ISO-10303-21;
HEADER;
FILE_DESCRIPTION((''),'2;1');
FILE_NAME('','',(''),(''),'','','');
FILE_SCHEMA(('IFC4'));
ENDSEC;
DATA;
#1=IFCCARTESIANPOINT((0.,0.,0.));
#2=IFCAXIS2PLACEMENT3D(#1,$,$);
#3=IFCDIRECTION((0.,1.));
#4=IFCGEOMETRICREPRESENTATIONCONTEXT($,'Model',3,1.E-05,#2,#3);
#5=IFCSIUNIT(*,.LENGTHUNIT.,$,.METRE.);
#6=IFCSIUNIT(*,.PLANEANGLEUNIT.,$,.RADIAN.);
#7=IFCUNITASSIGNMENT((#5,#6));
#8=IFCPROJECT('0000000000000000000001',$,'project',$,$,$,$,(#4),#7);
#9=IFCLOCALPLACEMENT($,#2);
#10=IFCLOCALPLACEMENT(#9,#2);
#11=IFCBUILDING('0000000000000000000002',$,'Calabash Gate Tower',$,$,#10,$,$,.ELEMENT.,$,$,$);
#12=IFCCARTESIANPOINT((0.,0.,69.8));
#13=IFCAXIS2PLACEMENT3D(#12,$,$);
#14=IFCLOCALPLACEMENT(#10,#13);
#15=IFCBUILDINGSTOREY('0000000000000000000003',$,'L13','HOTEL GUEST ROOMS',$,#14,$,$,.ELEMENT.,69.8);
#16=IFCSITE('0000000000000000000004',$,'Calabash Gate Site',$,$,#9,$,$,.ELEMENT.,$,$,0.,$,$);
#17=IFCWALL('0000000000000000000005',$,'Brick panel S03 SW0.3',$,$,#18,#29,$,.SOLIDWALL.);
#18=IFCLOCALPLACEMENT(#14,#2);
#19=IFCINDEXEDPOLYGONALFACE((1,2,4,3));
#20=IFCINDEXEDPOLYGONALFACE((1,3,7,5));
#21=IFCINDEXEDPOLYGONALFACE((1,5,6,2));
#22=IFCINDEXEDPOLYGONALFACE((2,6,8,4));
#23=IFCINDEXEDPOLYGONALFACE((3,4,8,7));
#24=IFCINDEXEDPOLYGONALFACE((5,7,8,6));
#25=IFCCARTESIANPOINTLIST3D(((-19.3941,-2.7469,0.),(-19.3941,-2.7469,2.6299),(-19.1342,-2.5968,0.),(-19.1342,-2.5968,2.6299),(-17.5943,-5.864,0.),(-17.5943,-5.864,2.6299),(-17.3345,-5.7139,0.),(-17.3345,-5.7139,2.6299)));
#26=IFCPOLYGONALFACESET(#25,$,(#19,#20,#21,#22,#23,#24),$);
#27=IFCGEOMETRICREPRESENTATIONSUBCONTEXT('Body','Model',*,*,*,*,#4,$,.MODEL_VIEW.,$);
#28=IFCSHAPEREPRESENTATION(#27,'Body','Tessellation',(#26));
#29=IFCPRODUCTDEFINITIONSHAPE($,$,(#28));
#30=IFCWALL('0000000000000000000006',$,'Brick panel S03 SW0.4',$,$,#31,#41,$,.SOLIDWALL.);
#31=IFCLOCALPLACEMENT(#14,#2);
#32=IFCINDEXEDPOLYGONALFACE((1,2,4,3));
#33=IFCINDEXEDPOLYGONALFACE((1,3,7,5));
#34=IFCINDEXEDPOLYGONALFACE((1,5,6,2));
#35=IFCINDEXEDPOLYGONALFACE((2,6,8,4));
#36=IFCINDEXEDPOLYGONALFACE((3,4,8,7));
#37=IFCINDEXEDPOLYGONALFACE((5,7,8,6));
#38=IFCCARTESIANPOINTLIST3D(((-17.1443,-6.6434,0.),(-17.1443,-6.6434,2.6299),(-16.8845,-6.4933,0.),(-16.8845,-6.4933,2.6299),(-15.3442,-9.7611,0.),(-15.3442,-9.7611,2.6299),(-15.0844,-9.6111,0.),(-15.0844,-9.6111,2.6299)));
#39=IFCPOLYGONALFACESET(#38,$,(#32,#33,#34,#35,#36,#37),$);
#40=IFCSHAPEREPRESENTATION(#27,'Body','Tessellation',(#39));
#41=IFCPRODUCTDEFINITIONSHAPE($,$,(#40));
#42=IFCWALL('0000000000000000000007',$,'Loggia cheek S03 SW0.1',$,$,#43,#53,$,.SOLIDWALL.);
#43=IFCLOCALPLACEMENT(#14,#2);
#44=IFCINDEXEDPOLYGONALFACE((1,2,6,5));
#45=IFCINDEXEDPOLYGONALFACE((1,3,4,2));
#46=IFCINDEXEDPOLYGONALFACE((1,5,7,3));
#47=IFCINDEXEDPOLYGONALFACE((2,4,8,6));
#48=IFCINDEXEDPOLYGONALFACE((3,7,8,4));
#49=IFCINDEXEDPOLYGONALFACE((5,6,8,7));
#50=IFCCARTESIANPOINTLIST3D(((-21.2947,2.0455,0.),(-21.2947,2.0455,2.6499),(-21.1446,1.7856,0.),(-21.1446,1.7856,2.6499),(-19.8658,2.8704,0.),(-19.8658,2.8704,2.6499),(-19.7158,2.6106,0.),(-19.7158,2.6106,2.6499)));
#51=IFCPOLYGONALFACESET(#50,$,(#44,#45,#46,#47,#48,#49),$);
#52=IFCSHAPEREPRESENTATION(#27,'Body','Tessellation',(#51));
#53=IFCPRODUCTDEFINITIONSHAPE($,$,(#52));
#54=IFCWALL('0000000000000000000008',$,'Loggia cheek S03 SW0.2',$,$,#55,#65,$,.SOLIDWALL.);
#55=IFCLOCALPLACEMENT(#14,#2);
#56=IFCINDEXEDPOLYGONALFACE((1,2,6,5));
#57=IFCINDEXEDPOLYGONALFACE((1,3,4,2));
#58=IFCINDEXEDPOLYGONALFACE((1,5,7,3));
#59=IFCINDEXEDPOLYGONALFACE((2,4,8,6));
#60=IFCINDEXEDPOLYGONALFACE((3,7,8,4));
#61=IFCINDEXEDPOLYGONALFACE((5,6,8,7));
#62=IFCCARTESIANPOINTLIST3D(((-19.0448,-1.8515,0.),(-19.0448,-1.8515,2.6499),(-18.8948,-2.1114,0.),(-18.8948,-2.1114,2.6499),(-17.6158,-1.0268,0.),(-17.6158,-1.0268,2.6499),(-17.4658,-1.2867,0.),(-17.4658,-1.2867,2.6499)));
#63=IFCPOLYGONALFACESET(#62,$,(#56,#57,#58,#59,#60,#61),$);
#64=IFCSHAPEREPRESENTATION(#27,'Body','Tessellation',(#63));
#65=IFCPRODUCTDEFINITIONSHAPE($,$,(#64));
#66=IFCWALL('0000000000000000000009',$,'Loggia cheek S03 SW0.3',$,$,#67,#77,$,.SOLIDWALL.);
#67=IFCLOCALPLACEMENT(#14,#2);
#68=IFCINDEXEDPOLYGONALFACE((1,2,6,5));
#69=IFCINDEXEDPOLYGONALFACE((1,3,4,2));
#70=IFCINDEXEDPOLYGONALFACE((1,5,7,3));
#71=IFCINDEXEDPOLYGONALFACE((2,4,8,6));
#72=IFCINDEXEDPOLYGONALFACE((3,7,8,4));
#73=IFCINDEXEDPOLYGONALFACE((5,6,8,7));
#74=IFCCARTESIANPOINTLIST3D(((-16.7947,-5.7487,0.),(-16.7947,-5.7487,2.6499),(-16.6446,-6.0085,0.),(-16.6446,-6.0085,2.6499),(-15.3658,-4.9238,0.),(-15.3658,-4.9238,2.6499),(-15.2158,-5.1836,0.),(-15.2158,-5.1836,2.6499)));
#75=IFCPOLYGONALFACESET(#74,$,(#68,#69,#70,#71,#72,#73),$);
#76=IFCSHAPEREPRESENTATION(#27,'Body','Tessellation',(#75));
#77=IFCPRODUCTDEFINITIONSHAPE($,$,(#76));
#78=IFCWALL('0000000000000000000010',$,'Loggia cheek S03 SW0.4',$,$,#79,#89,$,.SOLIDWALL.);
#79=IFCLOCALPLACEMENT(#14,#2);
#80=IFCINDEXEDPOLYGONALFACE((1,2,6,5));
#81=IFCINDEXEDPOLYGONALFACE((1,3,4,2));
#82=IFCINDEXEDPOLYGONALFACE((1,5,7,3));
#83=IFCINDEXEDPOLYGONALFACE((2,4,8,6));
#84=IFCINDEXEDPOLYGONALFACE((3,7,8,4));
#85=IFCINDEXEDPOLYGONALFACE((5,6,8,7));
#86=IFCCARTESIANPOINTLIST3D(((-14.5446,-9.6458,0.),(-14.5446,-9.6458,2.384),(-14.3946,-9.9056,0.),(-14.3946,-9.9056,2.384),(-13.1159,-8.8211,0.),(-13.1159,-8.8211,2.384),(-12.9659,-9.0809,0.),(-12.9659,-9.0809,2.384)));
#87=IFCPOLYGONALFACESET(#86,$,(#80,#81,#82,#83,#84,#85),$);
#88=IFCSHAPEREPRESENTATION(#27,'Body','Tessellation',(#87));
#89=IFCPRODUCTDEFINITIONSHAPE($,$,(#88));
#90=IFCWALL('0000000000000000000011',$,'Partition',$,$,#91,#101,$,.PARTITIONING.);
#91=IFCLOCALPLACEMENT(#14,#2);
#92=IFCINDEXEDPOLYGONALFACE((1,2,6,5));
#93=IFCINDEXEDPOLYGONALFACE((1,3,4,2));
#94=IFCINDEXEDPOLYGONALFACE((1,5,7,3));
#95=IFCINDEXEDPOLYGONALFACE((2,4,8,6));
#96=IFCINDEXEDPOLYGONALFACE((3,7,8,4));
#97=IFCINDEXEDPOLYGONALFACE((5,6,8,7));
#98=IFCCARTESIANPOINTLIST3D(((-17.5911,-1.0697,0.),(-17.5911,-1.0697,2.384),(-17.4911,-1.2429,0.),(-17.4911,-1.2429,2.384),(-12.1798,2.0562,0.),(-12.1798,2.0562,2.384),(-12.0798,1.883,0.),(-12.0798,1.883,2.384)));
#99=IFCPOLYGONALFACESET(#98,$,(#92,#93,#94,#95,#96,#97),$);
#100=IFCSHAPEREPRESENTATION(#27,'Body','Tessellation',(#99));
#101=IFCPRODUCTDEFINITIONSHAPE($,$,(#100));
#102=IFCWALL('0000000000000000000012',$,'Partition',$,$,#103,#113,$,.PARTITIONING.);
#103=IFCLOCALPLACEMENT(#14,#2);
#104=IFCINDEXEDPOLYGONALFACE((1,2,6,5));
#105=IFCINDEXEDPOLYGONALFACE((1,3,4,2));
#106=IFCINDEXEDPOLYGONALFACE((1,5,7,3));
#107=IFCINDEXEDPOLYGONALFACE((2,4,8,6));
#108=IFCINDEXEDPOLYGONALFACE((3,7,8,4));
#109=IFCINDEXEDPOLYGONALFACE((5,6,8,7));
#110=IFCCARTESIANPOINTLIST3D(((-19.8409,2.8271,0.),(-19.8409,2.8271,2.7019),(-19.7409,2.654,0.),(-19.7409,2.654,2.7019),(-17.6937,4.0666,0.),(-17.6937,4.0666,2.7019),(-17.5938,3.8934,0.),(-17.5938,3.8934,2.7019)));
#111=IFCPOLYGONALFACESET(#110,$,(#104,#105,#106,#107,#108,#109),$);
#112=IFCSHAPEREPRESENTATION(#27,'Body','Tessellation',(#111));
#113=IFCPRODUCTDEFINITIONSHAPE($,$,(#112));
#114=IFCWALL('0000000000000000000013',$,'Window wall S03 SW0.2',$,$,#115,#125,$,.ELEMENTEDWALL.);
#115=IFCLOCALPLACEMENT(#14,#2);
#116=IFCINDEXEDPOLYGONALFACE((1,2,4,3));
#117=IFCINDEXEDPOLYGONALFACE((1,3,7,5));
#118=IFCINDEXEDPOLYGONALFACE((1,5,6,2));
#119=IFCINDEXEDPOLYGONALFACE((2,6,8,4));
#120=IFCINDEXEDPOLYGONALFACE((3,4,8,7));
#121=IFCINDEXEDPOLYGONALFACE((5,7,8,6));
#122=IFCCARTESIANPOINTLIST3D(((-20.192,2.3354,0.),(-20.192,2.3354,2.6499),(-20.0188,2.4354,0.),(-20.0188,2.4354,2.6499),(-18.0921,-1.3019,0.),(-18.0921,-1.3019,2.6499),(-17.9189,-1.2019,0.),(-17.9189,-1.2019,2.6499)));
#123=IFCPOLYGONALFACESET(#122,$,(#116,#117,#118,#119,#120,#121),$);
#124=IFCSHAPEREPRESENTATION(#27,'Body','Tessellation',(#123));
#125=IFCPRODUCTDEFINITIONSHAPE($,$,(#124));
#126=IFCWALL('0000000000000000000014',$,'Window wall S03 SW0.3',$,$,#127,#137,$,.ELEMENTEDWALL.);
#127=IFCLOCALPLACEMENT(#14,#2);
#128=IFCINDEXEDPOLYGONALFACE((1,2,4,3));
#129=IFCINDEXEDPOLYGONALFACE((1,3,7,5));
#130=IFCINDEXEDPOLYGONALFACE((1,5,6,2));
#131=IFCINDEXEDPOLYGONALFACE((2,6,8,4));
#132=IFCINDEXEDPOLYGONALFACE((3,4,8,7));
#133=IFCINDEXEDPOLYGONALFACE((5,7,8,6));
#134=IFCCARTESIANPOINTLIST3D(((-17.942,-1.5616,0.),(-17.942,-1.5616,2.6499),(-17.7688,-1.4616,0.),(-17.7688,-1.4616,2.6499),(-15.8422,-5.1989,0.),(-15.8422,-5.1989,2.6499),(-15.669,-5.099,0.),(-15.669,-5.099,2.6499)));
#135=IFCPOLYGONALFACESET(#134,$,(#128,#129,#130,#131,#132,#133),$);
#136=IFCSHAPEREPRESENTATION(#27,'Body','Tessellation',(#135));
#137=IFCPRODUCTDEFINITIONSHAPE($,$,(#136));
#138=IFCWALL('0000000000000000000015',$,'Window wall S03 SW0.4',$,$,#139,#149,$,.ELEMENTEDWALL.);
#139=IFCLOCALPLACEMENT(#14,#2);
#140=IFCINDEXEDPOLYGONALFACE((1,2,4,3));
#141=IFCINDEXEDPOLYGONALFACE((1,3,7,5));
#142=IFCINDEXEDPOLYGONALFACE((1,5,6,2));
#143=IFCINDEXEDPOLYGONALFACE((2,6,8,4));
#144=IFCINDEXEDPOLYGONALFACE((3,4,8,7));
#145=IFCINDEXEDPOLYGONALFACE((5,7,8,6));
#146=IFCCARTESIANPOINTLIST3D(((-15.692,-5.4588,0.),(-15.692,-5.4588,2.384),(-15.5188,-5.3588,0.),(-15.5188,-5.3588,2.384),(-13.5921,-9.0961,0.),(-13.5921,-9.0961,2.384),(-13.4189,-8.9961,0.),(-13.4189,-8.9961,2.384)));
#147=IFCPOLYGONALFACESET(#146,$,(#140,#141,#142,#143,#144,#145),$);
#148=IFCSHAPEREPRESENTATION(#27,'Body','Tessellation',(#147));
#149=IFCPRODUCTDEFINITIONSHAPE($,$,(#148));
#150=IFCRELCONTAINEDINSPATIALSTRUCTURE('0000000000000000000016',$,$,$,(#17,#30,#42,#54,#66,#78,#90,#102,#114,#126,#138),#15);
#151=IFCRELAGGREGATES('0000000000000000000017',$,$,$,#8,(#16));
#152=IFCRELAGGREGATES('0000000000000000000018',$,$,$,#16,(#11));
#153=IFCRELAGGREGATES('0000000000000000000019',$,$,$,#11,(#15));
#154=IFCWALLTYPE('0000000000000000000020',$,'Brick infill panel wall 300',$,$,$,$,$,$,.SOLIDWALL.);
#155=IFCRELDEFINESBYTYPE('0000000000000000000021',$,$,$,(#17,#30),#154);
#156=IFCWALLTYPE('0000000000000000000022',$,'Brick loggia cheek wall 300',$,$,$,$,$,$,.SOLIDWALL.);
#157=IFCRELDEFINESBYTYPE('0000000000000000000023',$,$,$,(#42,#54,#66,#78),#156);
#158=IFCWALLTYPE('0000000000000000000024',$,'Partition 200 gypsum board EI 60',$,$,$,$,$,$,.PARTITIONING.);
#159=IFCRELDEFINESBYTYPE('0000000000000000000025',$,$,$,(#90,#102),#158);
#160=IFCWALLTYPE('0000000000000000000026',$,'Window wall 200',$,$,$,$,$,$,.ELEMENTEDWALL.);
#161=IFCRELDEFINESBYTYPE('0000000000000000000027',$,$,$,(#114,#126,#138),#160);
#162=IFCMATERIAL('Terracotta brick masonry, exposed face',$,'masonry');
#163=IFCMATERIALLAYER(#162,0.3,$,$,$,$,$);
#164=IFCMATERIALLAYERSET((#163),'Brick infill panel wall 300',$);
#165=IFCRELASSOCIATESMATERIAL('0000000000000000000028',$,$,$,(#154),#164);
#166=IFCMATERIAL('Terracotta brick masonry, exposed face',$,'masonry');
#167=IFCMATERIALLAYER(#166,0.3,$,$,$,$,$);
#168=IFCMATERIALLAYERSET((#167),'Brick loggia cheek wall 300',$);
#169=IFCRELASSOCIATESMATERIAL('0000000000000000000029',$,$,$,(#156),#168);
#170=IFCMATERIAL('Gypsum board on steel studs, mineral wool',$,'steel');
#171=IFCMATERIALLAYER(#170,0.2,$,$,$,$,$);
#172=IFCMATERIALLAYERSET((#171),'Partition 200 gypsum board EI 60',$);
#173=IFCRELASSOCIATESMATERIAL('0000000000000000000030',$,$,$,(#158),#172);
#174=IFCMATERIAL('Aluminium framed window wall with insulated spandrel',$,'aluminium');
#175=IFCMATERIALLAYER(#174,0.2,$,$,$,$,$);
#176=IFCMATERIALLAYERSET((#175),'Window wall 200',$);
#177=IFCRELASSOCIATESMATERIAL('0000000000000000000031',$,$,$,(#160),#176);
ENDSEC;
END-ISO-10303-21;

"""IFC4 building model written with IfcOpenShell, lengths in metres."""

from ifc_helpers import new_model, si_unit, direction, frame, frame_2d, origin, place, context, subcontext, project, spatial, rectangle, extrude, material, layer, layer_set, type_object, element, save


model = new_model("IFC4")

# Units and contexts
model_context = context("Model", 3, precision=1e-05, world=origin(), true_north=direction((0.0, 1.0)))
body_context = subcontext(model_context, "Body", "Model", "MODEL_VIEW")
ifc_project = project(units=[si_unit("LENGTHUNIT", "METRE"), si_unit("PLANEANGLEUNIT", "RADIAN")], contexts=[model_context])

# Site, building, storey
site_placement = place(None, origin())
site = spatial("IfcSite", under=ifc_project, at=site_placement, Name="Calabash Gate Site", CompositionType="ELEMENT", RefElevation=0.0)
building_placement = place(site_placement, origin())
building = spatial("IfcBuilding", under=site, at=building_placement, Name="Calabash Gate Tower", CompositionType="ELEMENT")
storey_placement = place(building_placement, frame((0.0, 0.0, 69.8)))
storey = spatial("IfcBuildingStorey", under=building, at=storey_placement, Name="L13", Description="HOTEL GUEST ROOMS", CompositionType="ELEMENT", Elevation=69.8)

# Walls
ifc_material_1 = material(Name="Terracotta brick masonry, exposed face", Category="masonry")
ifc_layer_1 = layer(ifc_material_1, 0.3)
ifc_layer_set_1 = layer_set([ifc_layer_1], Name="Brick infill panel wall 300")
wall_type_1 = type_object("IfcWallType", Name="Brick infill panel wall 300", PredefinedType="SOLIDWALL", material=ifc_layer_set_1)
wall_1_placement = place(storey_placement, frame((-17.4644, -5.7891, 0.0), z_axis=(0.0, 0.0, 1.0), x_axis=(-0.50002, 0.866014, 0.0)))
element("IfcWall", 1, at=wall_1_placement, inside=storey, type_object=wall_type_1, Name="Brick panel S03 SW0.3", PredefinedType="SOLIDWALL", context=body_context, shape_type="SweptSolid", body=[
    extrude(rectangle(XDim=3.5994, YDim=0.3, at=frame_2d((1.7998, 0.0))), origin(), (0.0, 0.0, 1.0), 2.6299),
])
wall_2_placement = place(storey_placement, frame((-17.0144, -6.5684, 0.0), z_axis=(0.0, 0.0, 1.0), x_axis=(0.500012, -0.866018, 0.0)))
element("IfcWall", 2, at=wall_2_placement, inside=storey, type_object=wall_type_1, Name="Brick panel S03 SW0.4", PredefinedType="SOLIDWALL", context=body_context, shape_type="SweptSolid", body=[
    extrude(rectangle(XDim=3.6001, YDim=0.3, at=frame_2d((1.8, 0.0))), origin(), (0.0, 0.0, 1.0), 2.6299),
])
ifc_material_2 = material(Name="Terracotta brick masonry, exposed face", Category="masonry")
ifc_layer_2 = layer(ifc_material_2, 0.3)
ifc_layer_set_2 = layer_set([ifc_layer_2], Name="Brick loggia cheek wall 300")
wall_type_2 = type_object("IfcWallType", Name="Brick loggia cheek wall 300", PredefinedType="SOLIDWALL", material=ifc_layer_set_2)
for number, where, z_axis, x_axis, name in (
    (3, (-19.7908, 2.7405, 0.0), (0.0, 0.0, 1.0), (-0.86604, -0.499974, 0.0), "Loggia cheek S03 SW0.1"),
    (4, (-17.5408, -1.1567, 0.0), (0.0, 0.0, 1.0), (-0.866104, -0.499863, 0.0), "Loggia cheek S03 SW0.2"),
    (5, (-15.2908, -5.0537, 0.0), (0.0, 0.0, 1.0), (-0.86604, -0.499974, 0.0), "Loggia cheek S03 SW0.3"),
):
    element("IfcWall", number, at=place(storey_placement, frame(where, z_axis=z_axis, x_axis=x_axis)), inside=storey, type_object=wall_type_2, Name=name, PredefinedType="SOLIDWALL", context=body_context, shape_type="SweptSolid", body=[
        extrude(rectangle(XDim=1.6499, YDim=0.3, at=frame_2d((0.825, 0.0))), origin(), (0.0, 0.0, 1.0), 2.6499),
    ])
wall_3_placement = place(storey_placement, frame((-14.4695, -9.7756, 0.0), z_axis=(0.0, 0.0, 1.0), x_axis=(0.866067, 0.499927, 0.0)))
element("IfcWall", 6, at=wall_3_placement, inside=storey, type_object=wall_type_2, Name="Loggia cheek S03 SW0.4", PredefinedType="SOLIDWALL", context=body_context, shape_type="SweptSolid", body=[
    extrude(rectangle(XDim=1.6497, YDim=0.3, at=frame_2d((0.8247, 0.0))), origin(), (0.0, 0.0, 1.0), 2.384),
])
ifc_material_3 = material(Name="Gypsum board on steel studs, mineral wool", Category="steel")
ifc_layer_3 = layer(ifc_material_3, 0.2)
ifc_layer_set_3 = layer_set([ifc_layer_3], Name="Partition 200 gypsum board EI 60")
wall_type_3 = type_object("IfcWallType", Name="Partition 200 gypsum board EI 60", PredefinedType="PARTITIONING", material=ifc_layer_set_3)
wall_4_placement = place(storey_placement, frame((-17.541, -1.1562, 0.0), z_axis=(0.0, 0.0, 1.0), x_axis=(0.865906, 0.500206, 0.0)))
element("IfcWall", 7, at=wall_4_placement, inside=storey, type_object=wall_type_3, Name="Partition", PredefinedType="PARTITIONING", context=body_context, shape_type="SweptSolid", body=[
    extrude(rectangle(XDim=6.2493, YDim=0.2, at=frame_2d((3.1245, 0.0))), origin(), (0.0, 0.0, 1.0), 2.384),
])
wall_5_placement = place(storey_placement, frame((-19.791, 2.7405, 0.0), z_axis=(0.0, 0.0, 1.0), x_axis=(0.866059, 0.499941, 0.0)))
element("IfcWall", 8, at=wall_5_placement, inside=storey, type_object=wall_type_3, Name="Partition", PredefinedType="PARTITIONING", context=body_context, shape_type="SweptSolid", body=[
    extrude(rectangle(XDim=2.4792, YDim=0.2, at=frame_2d((1.2397, 0.0))), origin(), (0.0, 0.0, 1.0), 2.7019),
])
ifc_material_4 = material(Name="Aluminium framed window wall with insulated spandrel", Category="aluminium")
ifc_layer_4 = layer(ifc_material_4, 0.2)
ifc_layer_set_4 = layer_set([ifc_layer_4], Name="Window wall 200")
wall_type_4 = type_object("IfcWallType", Name="Window wall 200", PredefinedType="ELEMENTEDWALL", material=ifc_layer_set_4)
for number, where, z_axis, x_axis, name in (
    (9, (-20.1055, 2.3855, 0.0), (0.0, 0.0, 1.0), (0.499984, -0.866035, 0.0), "Window wall S03 SW0.2"),
    (10, (-17.8555, -1.5115, 0.0), (0.0, 0.0, 1.0), (0.499959, -0.866049, 0.0), "Window wall S03 SW0.3"),
):
    element("IfcWall", number, at=place(storey_placement, frame(where, z_axis=z_axis, x_axis=x_axis)), inside=storey, type_object=wall_type_4, Name=name, PredefinedType="ELEMENTEDWALL", context=body_context, shape_type="SweptSolid", body=[
        extrude(rectangle(XDim=4.2, YDim=0.2, at=frame_2d((2.1001, 0.0))), origin(), (0.0, 0.0, 1.0), 2.6499),
    ])
wall_6_placement = place(storey_placement, frame((-15.6055, -5.4087, 0.0), z_axis=(0.0, 0.0, 1.0), x_axis=(0.499984, -0.866035, 0.0)))
element("IfcWall", 11, at=wall_6_placement, inside=storey, type_object=wall_type_4, Name="Window wall S03 SW0.4", PredefinedType="ELEMENTEDWALL", context=body_context, shape_type="SweptSolid", body=[
    extrude(rectangle(XDim=4.2, YDim=0.2, at=frame_2d((2.1001, 0.0))), origin(), (0.0, 0.0, 1.0), 2.384),
])

save(model, "model.ifc")
